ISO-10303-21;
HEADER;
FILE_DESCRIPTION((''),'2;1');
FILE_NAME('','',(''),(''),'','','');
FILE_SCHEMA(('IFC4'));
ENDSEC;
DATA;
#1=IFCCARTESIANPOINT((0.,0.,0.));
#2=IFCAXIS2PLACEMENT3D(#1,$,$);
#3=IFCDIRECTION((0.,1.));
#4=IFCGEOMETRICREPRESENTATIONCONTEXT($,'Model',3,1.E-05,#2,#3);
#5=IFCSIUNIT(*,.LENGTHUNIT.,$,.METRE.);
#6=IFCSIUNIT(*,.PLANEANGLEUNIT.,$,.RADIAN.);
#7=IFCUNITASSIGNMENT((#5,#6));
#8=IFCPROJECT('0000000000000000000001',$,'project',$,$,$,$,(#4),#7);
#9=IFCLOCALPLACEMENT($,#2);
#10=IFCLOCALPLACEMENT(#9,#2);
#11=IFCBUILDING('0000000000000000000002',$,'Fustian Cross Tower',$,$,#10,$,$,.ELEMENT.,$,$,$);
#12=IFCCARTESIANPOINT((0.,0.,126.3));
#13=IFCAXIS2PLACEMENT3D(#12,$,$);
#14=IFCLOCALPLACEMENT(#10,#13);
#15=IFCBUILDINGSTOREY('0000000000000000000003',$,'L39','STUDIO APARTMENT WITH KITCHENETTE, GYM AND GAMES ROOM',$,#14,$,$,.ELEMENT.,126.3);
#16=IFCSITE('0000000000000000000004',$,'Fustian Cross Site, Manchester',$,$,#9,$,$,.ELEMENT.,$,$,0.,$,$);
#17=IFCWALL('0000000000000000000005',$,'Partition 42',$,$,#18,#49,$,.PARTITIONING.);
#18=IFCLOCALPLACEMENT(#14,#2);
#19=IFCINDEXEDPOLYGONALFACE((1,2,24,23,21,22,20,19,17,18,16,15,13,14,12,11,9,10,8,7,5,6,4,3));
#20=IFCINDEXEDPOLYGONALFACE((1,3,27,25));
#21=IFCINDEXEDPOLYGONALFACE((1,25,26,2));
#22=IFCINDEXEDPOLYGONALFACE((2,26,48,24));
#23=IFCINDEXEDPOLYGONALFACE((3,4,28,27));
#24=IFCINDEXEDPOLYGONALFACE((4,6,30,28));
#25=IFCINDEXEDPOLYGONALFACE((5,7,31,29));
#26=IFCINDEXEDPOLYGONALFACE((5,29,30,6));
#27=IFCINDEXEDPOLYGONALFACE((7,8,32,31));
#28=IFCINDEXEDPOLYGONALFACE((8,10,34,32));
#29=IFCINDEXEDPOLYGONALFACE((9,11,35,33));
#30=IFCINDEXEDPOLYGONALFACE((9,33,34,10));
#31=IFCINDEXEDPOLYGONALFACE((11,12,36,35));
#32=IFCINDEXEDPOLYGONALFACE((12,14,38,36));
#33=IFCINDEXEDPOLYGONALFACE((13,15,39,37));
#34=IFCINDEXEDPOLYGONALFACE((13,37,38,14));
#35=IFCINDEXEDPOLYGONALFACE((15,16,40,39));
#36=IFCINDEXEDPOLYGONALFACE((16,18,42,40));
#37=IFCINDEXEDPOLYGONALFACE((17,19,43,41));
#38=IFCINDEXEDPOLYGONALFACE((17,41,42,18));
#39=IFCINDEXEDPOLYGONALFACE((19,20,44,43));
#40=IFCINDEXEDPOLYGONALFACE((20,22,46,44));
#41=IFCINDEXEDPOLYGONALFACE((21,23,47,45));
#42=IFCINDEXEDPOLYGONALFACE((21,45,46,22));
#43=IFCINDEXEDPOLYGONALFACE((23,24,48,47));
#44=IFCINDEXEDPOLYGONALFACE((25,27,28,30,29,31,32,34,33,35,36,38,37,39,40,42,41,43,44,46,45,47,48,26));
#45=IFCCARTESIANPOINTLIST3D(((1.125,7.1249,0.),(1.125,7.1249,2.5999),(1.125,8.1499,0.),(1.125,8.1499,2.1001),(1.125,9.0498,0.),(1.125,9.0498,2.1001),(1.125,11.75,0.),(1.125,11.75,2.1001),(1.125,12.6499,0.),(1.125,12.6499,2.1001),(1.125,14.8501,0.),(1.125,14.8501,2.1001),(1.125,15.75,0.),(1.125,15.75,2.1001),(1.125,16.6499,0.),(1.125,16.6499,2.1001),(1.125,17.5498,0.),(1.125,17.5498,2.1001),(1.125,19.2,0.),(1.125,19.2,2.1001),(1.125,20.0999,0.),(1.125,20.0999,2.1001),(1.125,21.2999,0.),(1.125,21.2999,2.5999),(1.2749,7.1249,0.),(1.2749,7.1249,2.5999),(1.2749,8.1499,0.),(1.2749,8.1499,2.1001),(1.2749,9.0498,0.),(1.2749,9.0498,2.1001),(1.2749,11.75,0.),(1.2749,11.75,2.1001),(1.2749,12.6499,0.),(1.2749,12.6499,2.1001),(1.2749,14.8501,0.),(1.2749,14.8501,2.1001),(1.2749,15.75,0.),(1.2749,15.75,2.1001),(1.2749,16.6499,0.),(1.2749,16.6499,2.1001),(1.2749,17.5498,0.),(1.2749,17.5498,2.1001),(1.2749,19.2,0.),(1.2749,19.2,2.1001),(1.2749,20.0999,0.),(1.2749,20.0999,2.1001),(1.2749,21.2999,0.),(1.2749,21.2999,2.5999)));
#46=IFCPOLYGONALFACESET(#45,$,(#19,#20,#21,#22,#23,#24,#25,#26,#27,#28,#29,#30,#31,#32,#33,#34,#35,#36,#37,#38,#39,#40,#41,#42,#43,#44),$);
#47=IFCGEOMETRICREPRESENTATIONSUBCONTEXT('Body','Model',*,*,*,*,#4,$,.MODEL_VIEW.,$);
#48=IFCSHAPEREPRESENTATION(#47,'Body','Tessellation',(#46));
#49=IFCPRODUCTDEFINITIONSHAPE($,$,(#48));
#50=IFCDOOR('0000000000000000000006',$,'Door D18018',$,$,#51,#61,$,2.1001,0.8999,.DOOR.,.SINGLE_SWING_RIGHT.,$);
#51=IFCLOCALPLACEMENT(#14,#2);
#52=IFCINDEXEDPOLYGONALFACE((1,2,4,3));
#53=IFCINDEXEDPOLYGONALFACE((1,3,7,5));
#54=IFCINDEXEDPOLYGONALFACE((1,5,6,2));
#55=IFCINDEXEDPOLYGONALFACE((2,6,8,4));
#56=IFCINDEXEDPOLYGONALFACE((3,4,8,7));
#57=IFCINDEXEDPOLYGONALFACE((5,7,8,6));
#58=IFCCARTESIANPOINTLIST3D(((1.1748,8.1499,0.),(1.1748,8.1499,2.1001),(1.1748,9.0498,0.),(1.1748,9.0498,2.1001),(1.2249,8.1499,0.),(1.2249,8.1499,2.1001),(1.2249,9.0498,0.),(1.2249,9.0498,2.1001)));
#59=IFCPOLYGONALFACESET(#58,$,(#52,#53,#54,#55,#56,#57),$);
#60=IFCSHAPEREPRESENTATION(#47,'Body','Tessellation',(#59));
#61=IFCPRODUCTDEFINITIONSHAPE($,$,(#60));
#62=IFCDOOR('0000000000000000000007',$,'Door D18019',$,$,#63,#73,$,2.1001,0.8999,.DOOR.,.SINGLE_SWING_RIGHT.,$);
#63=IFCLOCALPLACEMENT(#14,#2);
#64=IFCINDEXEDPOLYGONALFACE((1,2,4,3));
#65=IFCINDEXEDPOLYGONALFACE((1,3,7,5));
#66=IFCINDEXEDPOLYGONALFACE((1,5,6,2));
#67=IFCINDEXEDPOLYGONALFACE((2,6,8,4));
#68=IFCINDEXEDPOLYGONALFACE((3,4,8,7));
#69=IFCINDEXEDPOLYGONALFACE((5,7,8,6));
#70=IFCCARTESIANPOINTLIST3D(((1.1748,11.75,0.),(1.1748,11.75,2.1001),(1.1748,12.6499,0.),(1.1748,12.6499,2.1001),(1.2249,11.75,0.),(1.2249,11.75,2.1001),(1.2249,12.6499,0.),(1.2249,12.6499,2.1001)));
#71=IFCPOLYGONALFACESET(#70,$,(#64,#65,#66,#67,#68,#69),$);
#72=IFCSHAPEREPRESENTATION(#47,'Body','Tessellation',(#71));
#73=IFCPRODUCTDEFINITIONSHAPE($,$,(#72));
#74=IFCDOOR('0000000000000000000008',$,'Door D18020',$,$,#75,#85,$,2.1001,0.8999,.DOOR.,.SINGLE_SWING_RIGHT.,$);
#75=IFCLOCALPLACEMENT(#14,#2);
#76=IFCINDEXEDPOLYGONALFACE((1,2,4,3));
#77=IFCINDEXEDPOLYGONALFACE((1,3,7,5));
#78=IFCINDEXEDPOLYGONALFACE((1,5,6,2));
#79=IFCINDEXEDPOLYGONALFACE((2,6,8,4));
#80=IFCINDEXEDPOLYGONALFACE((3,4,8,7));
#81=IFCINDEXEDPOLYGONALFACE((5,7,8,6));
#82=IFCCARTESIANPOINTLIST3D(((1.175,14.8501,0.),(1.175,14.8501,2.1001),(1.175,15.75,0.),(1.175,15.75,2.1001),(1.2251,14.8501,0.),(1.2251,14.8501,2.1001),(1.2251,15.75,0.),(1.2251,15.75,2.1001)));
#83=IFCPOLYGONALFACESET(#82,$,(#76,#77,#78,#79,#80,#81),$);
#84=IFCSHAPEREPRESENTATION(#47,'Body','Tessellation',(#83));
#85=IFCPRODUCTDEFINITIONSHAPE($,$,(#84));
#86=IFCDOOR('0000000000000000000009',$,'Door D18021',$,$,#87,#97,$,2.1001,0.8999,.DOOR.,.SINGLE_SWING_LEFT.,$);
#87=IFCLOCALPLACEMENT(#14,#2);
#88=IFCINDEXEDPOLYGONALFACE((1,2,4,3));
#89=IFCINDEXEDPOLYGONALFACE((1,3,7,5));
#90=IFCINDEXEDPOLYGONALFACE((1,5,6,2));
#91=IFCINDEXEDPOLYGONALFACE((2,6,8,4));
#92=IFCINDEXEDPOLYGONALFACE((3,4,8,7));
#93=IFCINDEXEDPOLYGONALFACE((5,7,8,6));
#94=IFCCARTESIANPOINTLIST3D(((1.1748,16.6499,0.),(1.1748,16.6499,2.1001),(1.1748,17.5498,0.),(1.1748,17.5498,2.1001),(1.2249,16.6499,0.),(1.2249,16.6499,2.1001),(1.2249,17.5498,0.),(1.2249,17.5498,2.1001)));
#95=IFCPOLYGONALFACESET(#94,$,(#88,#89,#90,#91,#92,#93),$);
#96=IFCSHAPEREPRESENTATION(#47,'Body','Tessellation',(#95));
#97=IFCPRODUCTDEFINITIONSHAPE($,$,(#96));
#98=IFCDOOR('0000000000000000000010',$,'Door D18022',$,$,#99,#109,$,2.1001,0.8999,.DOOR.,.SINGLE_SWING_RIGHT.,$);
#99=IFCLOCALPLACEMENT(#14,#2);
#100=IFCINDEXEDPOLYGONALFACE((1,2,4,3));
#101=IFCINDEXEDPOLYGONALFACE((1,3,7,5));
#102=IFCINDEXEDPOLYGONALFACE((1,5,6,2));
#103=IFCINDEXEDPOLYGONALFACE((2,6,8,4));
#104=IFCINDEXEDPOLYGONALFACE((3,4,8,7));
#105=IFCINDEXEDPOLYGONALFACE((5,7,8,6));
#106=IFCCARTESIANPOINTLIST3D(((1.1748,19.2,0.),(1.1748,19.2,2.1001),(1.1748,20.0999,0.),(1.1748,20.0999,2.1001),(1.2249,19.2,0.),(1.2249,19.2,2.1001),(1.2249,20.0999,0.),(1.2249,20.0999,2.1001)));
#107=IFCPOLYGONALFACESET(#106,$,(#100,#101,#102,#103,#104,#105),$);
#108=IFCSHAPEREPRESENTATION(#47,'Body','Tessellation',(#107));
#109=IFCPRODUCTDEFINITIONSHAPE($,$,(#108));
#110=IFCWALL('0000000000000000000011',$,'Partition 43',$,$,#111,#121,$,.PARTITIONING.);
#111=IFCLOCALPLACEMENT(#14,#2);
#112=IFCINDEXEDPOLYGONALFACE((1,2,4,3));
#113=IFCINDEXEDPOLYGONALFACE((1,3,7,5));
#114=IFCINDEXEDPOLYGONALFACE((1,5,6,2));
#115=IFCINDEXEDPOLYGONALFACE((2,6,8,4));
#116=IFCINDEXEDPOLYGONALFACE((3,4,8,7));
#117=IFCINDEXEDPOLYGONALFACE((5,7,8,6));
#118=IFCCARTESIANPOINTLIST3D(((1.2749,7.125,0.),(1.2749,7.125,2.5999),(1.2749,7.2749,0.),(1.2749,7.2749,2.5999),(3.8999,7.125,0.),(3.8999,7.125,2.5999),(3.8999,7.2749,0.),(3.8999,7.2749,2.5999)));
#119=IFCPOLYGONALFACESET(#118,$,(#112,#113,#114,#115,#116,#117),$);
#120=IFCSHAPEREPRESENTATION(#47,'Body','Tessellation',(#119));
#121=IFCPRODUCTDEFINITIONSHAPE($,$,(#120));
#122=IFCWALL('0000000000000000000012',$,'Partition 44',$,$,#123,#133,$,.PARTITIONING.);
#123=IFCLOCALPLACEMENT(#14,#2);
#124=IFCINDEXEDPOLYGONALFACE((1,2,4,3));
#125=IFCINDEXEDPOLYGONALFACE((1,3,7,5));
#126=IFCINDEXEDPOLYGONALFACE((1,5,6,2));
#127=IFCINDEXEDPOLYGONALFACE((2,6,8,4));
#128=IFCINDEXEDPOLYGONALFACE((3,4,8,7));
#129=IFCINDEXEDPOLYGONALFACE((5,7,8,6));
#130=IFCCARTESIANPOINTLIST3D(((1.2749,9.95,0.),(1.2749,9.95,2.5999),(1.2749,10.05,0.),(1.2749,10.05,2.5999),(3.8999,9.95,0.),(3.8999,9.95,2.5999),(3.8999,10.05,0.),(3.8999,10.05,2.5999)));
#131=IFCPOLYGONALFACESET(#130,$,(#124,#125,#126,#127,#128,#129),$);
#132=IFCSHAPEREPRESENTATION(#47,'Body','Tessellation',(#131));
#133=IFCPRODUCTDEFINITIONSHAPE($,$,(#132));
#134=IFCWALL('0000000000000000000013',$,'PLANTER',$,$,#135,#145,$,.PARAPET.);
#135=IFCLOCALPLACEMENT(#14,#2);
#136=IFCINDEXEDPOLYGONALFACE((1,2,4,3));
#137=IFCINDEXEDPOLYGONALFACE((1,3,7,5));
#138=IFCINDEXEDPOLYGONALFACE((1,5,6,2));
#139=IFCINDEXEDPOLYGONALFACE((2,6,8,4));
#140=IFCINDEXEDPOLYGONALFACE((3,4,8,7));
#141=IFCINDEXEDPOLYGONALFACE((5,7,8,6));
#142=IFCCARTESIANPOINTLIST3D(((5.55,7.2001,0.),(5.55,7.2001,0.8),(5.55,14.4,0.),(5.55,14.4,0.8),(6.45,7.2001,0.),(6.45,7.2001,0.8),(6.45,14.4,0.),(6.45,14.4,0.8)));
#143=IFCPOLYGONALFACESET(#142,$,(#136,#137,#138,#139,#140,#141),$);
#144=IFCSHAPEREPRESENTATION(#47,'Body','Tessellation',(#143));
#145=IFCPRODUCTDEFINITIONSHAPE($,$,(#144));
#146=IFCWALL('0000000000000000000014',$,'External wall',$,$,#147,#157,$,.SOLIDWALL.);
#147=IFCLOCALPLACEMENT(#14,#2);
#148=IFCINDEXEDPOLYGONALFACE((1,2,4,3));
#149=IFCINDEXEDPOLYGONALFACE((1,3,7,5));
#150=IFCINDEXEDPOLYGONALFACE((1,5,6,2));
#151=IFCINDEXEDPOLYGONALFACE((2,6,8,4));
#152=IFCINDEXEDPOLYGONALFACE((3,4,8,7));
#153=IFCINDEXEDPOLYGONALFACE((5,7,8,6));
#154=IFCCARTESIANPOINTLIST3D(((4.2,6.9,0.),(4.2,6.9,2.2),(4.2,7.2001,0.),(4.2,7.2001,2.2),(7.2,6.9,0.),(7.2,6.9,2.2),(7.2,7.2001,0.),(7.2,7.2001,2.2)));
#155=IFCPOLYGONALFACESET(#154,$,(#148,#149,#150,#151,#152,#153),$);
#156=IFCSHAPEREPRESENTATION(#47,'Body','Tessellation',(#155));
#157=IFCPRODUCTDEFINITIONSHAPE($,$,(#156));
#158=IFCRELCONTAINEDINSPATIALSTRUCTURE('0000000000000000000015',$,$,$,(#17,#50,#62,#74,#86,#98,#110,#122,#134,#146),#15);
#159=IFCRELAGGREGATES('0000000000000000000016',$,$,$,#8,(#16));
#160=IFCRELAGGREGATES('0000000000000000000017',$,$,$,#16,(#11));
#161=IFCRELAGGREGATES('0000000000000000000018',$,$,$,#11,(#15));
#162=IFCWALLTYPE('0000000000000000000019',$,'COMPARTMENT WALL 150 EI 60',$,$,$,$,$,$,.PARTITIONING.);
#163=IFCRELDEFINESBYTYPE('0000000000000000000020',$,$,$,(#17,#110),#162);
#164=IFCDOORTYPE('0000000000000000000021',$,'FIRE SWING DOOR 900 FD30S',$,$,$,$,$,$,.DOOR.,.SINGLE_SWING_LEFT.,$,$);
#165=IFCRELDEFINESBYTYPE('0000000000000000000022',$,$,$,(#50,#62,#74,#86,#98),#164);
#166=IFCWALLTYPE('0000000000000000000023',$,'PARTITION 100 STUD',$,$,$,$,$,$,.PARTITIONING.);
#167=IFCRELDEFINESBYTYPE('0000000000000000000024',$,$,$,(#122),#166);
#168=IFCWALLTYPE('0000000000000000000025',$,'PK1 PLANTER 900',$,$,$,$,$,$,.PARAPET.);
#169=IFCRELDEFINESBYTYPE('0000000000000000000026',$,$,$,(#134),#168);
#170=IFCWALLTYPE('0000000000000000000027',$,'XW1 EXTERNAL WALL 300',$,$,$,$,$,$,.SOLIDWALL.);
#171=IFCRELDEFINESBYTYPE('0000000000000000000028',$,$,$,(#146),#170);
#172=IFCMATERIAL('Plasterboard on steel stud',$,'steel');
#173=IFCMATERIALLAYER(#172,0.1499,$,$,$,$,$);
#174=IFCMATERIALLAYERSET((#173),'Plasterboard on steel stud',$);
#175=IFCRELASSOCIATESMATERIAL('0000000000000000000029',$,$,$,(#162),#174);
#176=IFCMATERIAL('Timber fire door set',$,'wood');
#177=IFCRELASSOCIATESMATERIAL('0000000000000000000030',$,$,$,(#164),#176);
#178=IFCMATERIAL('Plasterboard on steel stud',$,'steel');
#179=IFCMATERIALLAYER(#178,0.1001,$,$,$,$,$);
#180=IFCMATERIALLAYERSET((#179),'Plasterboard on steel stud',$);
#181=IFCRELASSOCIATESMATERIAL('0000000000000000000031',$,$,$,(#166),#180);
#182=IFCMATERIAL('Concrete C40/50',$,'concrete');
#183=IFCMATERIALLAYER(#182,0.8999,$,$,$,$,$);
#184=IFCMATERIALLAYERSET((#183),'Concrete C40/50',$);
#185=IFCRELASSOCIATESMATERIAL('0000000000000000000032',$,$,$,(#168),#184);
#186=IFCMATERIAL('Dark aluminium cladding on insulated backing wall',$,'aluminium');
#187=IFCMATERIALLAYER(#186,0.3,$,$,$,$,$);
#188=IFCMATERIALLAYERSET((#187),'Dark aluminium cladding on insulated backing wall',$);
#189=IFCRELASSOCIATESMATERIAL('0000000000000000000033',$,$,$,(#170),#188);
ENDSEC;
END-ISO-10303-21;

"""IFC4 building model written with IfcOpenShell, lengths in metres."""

from ifc_helpers import new_model, si_unit, direction, frame, frame_2d, origin, place, context, subcontext, project, spatial, rectangle, extrude, material, layer, layer_set, type_object, element, fill, save


model = new_model("IFC4")

# Units and contexts
model_context = context("Model", 3, precision=1e-05, world=origin(), true_north=direction((0.0, 1.0)))
body_context = subcontext(model_context, "Body", "Model", "MODEL_VIEW")
ifc_project = project(units=[si_unit("LENGTHUNIT", "METRE"), si_unit("PLANEANGLEUNIT", "RADIAN")], contexts=[model_context])

# Site, building, storey
site_placement = place(None, origin())
site = spatial("IfcSite", under=ifc_project, at=site_placement, Name="Fustian Cross Site, Manchester", CompositionType="ELEMENT", RefElevation=0.0)
building_placement = place(site_placement, origin())
building = spatial("IfcBuilding", under=site, at=building_placement, Name="Fustian Cross Tower", CompositionType="ELEMENT")
storey_placement = place(building_placement, frame((0.0, 0.0, 126.3)))
storey = spatial("IfcBuildingStorey", under=building, at=storey_placement, Name="L39", Description="STUDIO APARTMENT WITH KITCHENETTE, GYM AND GAMES ROOM", CompositionType="ELEMENT", Elevation=126.3)

# Wall, openings, doors
ifc_material_1 = material(Name="Plasterboard on steel stud", Category="steel")
ifc_layer_1 = layer(ifc_material_1, 0.1499)
ifc_layer_set_1 = layer_set([ifc_layer_1], Name="Plasterboard on steel stud")
wall_type_1 = type_object("IfcWallType", Name="COMPARTMENT WALL 150 EI 60", PredefinedType="PARTITIONING", material=ifc_layer_set_1)
wall_1_placement = place(storey_placement, frame((1.2, 7.125, 0.0), z_axis=(0.0, 0.0, 1.0), x_axis=(0.0, 1.0, 0.0)))
wall_1 = element("IfcWall", 1, at=wall_1_placement, inside=storey, type_object=wall_type_1, Name="Partition 42", PredefinedType="PARTITIONING", context=body_context, shape_type="SweptSolid", body=[
    extrude(rectangle(XDim=14.175, YDim=0.1499, at=frame_2d((7.0874, 0.0))), origin(), (0.0, 0.0, 1.0), 2.5999),
])
opening_1_placement = place(wall_1_placement, frame((1.0249, 0.0, 0.0)))
opening_1 = element("IfcOpeningElement", 2, at=opening_1_placement, cuts=wall_1, PredefinedType="OPENING", context=body_context, shape_type="SweptSolid", body=[
    extrude(rectangle(XDim=0.8999, YDim=2.1001, at=frame_2d((0.45, 1.05))), frame((0.0, 0.085, 0.0), z_axis=(0.0, -1.0, 0.0), x_axis=(1.0, 0.0, 0.0)), (0.0, 0.0, 1.0), 0.1699),
])
opening_2_placement = place(wall_1_placement, frame((4.625, 0.0, 0.0)))
opening_2 = element("IfcOpeningElement", 3, at=opening_2_placement, cuts=wall_1, PredefinedType="OPENING", context=body_context, shape_type="SweptSolid", body=[
    extrude(rectangle(XDim=0.8999, YDim=2.1001, at=frame_2d((0.45, 1.05))), frame((0.0, 0.085, 0.0), z_axis=(0.0, -1.0, 0.0), x_axis=(1.0, 0.0, 0.0)), (0.0, 0.0, 1.0), 0.1699),
])
opening_3_placement = place(wall_1_placement, frame((7.7251, 0.0, 0.0)))
opening_3 = element("IfcOpeningElement", 4, at=opening_3_placement, cuts=wall_1, PredefinedType="OPENING", context=body_context, shape_type="SweptSolid", body=[
    extrude(rectangle(XDim=0.8999, YDim=2.1001, at=frame_2d((0.45, 1.05))), frame((0.0, 0.085, 0.0), z_axis=(0.0, -1.0, 0.0), x_axis=(1.0, 0.0, 0.0)), (0.0, 0.0, 1.0), 0.1699),
])
opening_4_placement = place(wall_1_placement, frame((9.5249, 0.0, 0.0)))
opening_4 = element("IfcOpeningElement", 5, at=opening_4_placement, cuts=wall_1, PredefinedType="OPENING", context=body_context, shape_type="SweptSolid", body=[
    extrude(rectangle(XDim=0.8999, YDim=2.1001, at=frame_2d((0.45, 1.05))), frame((0.0, 0.085, 0.0), z_axis=(0.0, -1.0, 0.0), x_axis=(1.0, 0.0, 0.0)), (0.0, 0.0, 1.0), 0.1699),
])
opening_5_placement = place(wall_1_placement, frame((12.075, 0.0, 0.0)))
opening_5 = element("IfcOpeningElement", 6, at=opening_5_placement, cuts=wall_1, PredefinedType="OPENING", context=body_context, shape_type="SweptSolid", body=[
    extrude(rectangle(XDim=0.8999, YDim=2.1001, at=frame_2d((0.45, 1.05))), frame((0.0, 0.085, 0.0), z_axis=(0.0, -1.0, 0.0), x_axis=(1.0, 0.0, 0.0)), (0.0, 0.0, 1.0), 0.1699),
])
ifc_material_2 = material(Name="Timber fire door set", Category="wood")
door_type_1 = type_object("IfcDoorType", Name="FIRE SWING DOOR 900 FD30S", OperationType="SINGLE_SWING_LEFT", PredefinedType="DOOR", material=ifc_material_2)
door_1_placement = place(opening_1_placement, frame((0.8999, 0.0, 0.0), z_axis=(0.0, 0.0, 1.0), x_axis=(-1.0, 0.0, 0.0)))
door_1 = element("IfcDoor", 7, at=door_1_placement, inside=storey, type_object=door_type_1, Name="Door D18018", OperationType="SINGLE_SWING_RIGHT", OverallHeight=2.1001, OverallWidth=0.8999, PredefinedType="DOOR", context=body_context, shape_type="SweptSolid", body=[
    extrude(rectangle(XDim=0.8999, YDim=2.1001, at=frame_2d((0.45, 1.05))), frame((0.0, 0.0249, 0.0), z_axis=(0.0, -1.0, 0.0), x_axis=(1.0, 0.0, 0.0)), (0.0, 0.0, 1.0), 0.05),
])
fill(opening_1, door_1)
door_2_placement = place(opening_2_placement, frame((0.8999, 0.0, 0.0), z_axis=(0.0, 0.0, 1.0), x_axis=(-1.0, 0.0, 0.0)))
door_2 = element("IfcDoor", 8, at=door_2_placement, inside=storey, type_object=door_type_1, Name="Door D18019", OperationType="SINGLE_SWING_RIGHT", OverallHeight=2.1001, OverallWidth=0.8999, PredefinedType="DOOR", context=body_context, shape_type="SweptSolid", body=[
    extrude(rectangle(XDim=0.8999, YDim=2.1001, at=frame_2d((0.45, 1.05))), frame((0.0, 0.0249, 0.0), z_axis=(0.0, -1.0, 0.0), x_axis=(1.0, 0.0, 0.0)), (0.0, 0.0, 1.0), 0.05),
])
fill(opening_2, door_2)
door_3_placement = place(opening_3_placement, origin())
door_3 = element("IfcDoor", 9, at=door_3_placement, inside=storey, type_object=door_type_1, Name="Door D18020", OperationType="SINGLE_SWING_RIGHT", OverallHeight=2.1001, OverallWidth=0.8999, PredefinedType="DOOR", context=body_context, shape_type="SweptSolid", body=[
    extrude(rectangle(XDim=0.8999, YDim=2.1001, at=frame_2d((0.45, 1.05))), frame((0.0, 0.0249, 0.0), z_axis=(0.0, -1.0, 0.0), x_axis=(1.0, 0.0, 0.0)), (0.0, 0.0, 1.0), 0.05),
])
fill(opening_3, door_3)
door_4_placement = place(opening_4_placement, frame((0.8999, 0.0, 0.0), z_axis=(0.0, 0.0, 1.0), x_axis=(-1.0, 0.0, 0.0)))
door_4 = element("IfcDoor", 10, at=door_4_placement, inside=storey, type_object=door_type_1, Name="Door D18021", OperationType="SINGLE_SWING_LEFT", OverallHeight=2.1001, OverallWidth=0.8999, PredefinedType="DOOR", context=body_context, shape_type="SweptSolid", body=[
    extrude(rectangle(XDim=0.8999, YDim=2.1001, at=frame_2d((0.45, 1.05))), frame((0.0, 0.0249, 0.0), z_axis=(0.0, -1.0, 0.0), x_axis=(1.0, 0.0, 0.0)), (0.0, 0.0, 1.0), 0.05),
])
fill(opening_4, door_4)
door_5_placement = place(opening_5_placement, frame((0.8999, 0.0, 0.0), z_axis=(0.0, 0.0, 1.0), x_axis=(-1.0, 0.0, 0.0)))
door_5 = element("IfcDoor", 11, at=door_5_placement, inside=storey, type_object=door_type_1, Name="Door D18022", OperationType="SINGLE_SWING_RIGHT", OverallHeight=2.1001, OverallWidth=0.8999, PredefinedType="DOOR", context=body_context, shape_type="SweptSolid", body=[
    extrude(rectangle(XDim=0.8999, YDim=2.1001, at=frame_2d((0.45, 1.05))), frame((0.0, 0.0249, 0.0), z_axis=(0.0, -1.0, 0.0), x_axis=(1.0, 0.0, 0.0)), (0.0, 0.0, 1.0), 0.05),
])
fill(opening_5, door_5)

# Walls
wall_2_placement = place(storey_placement, frame((1.2749, 7.2, 0.0), z_axis=(0.0, 0.0, 1.0), x_axis=(1.0, 0.0, 0.0)))
element("IfcWall", 12, at=wall_2_placement, inside=storey, type_object=wall_type_1, Name="Partition 43", PredefinedType="PARTITIONING", context=body_context, shape_type="SweptSolid", body=[
    extrude(rectangle(XDim=2.625, YDim=0.1499, at=frame_2d((1.3125, 0.0))), origin(), (0.0, 0.0, 1.0), 2.5999),
])
ifc_material_3 = material(Name="Plasterboard on steel stud", Category="steel")
ifc_layer_2 = layer(ifc_material_3, 0.1001)
ifc_layer_set_2 = layer_set([ifc_layer_2], Name="Plasterboard on steel stud")
wall_type_2 = type_object("IfcWallType", Name="PARTITION 100 STUD", PredefinedType="PARTITIONING", material=ifc_layer_set_2)
wall_3_placement = place(storey_placement, frame((1.2749, 10.0, 0.0), z_axis=(0.0, 0.0, 1.0), x_axis=(1.0, 0.0, 0.0)))
element("IfcWall", 13, at=wall_3_placement, inside=storey, type_object=wall_type_2, Name="Partition 44", PredefinedType="PARTITIONING", context=body_context, shape_type="SweptSolid", body=[
    extrude(rectangle(XDim=2.625, YDim=0.1001, at=frame_2d((1.3125, 0.0))), origin(), (0.0, 0.0, 1.0), 2.5999),
])
ifc_material_4 = material(Name="Concrete C40/50", Category="concrete")
ifc_layer_3 = layer(ifc_material_4, 0.8999)
ifc_layer_set_3 = layer_set([ifc_layer_3], Name="Concrete C40/50")
wall_type_3 = type_object("IfcWallType", Name="PK1 PLANTER 900", PredefinedType="PARAPET", material=ifc_layer_set_3)
wall_4_placement = place(storey_placement, frame((6.0, 7.2, 0.0), z_axis=(0.0, 0.0, 1.0), x_axis=(0.0, 1.0, 0.0)))
element("IfcWall", 14, at=wall_4_placement, inside=storey, type_object=wall_type_3, Name="PLANTER", PredefinedType="PARAPET", context=body_context, shape_type="SweptSolid", body=[
    extrude(rectangle(XDim=7.2, YDim=0.8999, at=frame_2d((3.6001, 0.0))), origin(), (0.0, 0.0, 1.0), 0.8),
])
ifc_material_5 = material(Name="Dark aluminium cladding on insulated backing wall", Category="aluminium")
ifc_layer_4 = layer(ifc_material_5, 0.3)
ifc_layer_set_4 = layer_set([ifc_layer_4], Name="Dark aluminium cladding on insulated backing wall")
wall_type_4 = type_object("IfcWallType", Name="XW1 EXTERNAL WALL 300", PredefinedType="SOLIDWALL", material=ifc_layer_set_4)
wall_5_placement = place(storey_placement, frame((7.2, 7.05, 0.0), z_axis=(0.0, 0.0, 1.0), x_axis=(-1.0, 0.0, 0.0)))
element("IfcWall", 15, at=wall_5_placement, inside=storey, type_object=wall_type_4, Name="External wall", PredefinedType="SOLIDWALL", context=body_context, shape_type="SweptSolid", body=[
    extrude(rectangle(XDim=3.0, YDim=0.3, at=frame_2d((1.5, 0.0))), origin(), (0.0, 0.0, 1.0), 2.2),
])

save(model, "model.ifc")
